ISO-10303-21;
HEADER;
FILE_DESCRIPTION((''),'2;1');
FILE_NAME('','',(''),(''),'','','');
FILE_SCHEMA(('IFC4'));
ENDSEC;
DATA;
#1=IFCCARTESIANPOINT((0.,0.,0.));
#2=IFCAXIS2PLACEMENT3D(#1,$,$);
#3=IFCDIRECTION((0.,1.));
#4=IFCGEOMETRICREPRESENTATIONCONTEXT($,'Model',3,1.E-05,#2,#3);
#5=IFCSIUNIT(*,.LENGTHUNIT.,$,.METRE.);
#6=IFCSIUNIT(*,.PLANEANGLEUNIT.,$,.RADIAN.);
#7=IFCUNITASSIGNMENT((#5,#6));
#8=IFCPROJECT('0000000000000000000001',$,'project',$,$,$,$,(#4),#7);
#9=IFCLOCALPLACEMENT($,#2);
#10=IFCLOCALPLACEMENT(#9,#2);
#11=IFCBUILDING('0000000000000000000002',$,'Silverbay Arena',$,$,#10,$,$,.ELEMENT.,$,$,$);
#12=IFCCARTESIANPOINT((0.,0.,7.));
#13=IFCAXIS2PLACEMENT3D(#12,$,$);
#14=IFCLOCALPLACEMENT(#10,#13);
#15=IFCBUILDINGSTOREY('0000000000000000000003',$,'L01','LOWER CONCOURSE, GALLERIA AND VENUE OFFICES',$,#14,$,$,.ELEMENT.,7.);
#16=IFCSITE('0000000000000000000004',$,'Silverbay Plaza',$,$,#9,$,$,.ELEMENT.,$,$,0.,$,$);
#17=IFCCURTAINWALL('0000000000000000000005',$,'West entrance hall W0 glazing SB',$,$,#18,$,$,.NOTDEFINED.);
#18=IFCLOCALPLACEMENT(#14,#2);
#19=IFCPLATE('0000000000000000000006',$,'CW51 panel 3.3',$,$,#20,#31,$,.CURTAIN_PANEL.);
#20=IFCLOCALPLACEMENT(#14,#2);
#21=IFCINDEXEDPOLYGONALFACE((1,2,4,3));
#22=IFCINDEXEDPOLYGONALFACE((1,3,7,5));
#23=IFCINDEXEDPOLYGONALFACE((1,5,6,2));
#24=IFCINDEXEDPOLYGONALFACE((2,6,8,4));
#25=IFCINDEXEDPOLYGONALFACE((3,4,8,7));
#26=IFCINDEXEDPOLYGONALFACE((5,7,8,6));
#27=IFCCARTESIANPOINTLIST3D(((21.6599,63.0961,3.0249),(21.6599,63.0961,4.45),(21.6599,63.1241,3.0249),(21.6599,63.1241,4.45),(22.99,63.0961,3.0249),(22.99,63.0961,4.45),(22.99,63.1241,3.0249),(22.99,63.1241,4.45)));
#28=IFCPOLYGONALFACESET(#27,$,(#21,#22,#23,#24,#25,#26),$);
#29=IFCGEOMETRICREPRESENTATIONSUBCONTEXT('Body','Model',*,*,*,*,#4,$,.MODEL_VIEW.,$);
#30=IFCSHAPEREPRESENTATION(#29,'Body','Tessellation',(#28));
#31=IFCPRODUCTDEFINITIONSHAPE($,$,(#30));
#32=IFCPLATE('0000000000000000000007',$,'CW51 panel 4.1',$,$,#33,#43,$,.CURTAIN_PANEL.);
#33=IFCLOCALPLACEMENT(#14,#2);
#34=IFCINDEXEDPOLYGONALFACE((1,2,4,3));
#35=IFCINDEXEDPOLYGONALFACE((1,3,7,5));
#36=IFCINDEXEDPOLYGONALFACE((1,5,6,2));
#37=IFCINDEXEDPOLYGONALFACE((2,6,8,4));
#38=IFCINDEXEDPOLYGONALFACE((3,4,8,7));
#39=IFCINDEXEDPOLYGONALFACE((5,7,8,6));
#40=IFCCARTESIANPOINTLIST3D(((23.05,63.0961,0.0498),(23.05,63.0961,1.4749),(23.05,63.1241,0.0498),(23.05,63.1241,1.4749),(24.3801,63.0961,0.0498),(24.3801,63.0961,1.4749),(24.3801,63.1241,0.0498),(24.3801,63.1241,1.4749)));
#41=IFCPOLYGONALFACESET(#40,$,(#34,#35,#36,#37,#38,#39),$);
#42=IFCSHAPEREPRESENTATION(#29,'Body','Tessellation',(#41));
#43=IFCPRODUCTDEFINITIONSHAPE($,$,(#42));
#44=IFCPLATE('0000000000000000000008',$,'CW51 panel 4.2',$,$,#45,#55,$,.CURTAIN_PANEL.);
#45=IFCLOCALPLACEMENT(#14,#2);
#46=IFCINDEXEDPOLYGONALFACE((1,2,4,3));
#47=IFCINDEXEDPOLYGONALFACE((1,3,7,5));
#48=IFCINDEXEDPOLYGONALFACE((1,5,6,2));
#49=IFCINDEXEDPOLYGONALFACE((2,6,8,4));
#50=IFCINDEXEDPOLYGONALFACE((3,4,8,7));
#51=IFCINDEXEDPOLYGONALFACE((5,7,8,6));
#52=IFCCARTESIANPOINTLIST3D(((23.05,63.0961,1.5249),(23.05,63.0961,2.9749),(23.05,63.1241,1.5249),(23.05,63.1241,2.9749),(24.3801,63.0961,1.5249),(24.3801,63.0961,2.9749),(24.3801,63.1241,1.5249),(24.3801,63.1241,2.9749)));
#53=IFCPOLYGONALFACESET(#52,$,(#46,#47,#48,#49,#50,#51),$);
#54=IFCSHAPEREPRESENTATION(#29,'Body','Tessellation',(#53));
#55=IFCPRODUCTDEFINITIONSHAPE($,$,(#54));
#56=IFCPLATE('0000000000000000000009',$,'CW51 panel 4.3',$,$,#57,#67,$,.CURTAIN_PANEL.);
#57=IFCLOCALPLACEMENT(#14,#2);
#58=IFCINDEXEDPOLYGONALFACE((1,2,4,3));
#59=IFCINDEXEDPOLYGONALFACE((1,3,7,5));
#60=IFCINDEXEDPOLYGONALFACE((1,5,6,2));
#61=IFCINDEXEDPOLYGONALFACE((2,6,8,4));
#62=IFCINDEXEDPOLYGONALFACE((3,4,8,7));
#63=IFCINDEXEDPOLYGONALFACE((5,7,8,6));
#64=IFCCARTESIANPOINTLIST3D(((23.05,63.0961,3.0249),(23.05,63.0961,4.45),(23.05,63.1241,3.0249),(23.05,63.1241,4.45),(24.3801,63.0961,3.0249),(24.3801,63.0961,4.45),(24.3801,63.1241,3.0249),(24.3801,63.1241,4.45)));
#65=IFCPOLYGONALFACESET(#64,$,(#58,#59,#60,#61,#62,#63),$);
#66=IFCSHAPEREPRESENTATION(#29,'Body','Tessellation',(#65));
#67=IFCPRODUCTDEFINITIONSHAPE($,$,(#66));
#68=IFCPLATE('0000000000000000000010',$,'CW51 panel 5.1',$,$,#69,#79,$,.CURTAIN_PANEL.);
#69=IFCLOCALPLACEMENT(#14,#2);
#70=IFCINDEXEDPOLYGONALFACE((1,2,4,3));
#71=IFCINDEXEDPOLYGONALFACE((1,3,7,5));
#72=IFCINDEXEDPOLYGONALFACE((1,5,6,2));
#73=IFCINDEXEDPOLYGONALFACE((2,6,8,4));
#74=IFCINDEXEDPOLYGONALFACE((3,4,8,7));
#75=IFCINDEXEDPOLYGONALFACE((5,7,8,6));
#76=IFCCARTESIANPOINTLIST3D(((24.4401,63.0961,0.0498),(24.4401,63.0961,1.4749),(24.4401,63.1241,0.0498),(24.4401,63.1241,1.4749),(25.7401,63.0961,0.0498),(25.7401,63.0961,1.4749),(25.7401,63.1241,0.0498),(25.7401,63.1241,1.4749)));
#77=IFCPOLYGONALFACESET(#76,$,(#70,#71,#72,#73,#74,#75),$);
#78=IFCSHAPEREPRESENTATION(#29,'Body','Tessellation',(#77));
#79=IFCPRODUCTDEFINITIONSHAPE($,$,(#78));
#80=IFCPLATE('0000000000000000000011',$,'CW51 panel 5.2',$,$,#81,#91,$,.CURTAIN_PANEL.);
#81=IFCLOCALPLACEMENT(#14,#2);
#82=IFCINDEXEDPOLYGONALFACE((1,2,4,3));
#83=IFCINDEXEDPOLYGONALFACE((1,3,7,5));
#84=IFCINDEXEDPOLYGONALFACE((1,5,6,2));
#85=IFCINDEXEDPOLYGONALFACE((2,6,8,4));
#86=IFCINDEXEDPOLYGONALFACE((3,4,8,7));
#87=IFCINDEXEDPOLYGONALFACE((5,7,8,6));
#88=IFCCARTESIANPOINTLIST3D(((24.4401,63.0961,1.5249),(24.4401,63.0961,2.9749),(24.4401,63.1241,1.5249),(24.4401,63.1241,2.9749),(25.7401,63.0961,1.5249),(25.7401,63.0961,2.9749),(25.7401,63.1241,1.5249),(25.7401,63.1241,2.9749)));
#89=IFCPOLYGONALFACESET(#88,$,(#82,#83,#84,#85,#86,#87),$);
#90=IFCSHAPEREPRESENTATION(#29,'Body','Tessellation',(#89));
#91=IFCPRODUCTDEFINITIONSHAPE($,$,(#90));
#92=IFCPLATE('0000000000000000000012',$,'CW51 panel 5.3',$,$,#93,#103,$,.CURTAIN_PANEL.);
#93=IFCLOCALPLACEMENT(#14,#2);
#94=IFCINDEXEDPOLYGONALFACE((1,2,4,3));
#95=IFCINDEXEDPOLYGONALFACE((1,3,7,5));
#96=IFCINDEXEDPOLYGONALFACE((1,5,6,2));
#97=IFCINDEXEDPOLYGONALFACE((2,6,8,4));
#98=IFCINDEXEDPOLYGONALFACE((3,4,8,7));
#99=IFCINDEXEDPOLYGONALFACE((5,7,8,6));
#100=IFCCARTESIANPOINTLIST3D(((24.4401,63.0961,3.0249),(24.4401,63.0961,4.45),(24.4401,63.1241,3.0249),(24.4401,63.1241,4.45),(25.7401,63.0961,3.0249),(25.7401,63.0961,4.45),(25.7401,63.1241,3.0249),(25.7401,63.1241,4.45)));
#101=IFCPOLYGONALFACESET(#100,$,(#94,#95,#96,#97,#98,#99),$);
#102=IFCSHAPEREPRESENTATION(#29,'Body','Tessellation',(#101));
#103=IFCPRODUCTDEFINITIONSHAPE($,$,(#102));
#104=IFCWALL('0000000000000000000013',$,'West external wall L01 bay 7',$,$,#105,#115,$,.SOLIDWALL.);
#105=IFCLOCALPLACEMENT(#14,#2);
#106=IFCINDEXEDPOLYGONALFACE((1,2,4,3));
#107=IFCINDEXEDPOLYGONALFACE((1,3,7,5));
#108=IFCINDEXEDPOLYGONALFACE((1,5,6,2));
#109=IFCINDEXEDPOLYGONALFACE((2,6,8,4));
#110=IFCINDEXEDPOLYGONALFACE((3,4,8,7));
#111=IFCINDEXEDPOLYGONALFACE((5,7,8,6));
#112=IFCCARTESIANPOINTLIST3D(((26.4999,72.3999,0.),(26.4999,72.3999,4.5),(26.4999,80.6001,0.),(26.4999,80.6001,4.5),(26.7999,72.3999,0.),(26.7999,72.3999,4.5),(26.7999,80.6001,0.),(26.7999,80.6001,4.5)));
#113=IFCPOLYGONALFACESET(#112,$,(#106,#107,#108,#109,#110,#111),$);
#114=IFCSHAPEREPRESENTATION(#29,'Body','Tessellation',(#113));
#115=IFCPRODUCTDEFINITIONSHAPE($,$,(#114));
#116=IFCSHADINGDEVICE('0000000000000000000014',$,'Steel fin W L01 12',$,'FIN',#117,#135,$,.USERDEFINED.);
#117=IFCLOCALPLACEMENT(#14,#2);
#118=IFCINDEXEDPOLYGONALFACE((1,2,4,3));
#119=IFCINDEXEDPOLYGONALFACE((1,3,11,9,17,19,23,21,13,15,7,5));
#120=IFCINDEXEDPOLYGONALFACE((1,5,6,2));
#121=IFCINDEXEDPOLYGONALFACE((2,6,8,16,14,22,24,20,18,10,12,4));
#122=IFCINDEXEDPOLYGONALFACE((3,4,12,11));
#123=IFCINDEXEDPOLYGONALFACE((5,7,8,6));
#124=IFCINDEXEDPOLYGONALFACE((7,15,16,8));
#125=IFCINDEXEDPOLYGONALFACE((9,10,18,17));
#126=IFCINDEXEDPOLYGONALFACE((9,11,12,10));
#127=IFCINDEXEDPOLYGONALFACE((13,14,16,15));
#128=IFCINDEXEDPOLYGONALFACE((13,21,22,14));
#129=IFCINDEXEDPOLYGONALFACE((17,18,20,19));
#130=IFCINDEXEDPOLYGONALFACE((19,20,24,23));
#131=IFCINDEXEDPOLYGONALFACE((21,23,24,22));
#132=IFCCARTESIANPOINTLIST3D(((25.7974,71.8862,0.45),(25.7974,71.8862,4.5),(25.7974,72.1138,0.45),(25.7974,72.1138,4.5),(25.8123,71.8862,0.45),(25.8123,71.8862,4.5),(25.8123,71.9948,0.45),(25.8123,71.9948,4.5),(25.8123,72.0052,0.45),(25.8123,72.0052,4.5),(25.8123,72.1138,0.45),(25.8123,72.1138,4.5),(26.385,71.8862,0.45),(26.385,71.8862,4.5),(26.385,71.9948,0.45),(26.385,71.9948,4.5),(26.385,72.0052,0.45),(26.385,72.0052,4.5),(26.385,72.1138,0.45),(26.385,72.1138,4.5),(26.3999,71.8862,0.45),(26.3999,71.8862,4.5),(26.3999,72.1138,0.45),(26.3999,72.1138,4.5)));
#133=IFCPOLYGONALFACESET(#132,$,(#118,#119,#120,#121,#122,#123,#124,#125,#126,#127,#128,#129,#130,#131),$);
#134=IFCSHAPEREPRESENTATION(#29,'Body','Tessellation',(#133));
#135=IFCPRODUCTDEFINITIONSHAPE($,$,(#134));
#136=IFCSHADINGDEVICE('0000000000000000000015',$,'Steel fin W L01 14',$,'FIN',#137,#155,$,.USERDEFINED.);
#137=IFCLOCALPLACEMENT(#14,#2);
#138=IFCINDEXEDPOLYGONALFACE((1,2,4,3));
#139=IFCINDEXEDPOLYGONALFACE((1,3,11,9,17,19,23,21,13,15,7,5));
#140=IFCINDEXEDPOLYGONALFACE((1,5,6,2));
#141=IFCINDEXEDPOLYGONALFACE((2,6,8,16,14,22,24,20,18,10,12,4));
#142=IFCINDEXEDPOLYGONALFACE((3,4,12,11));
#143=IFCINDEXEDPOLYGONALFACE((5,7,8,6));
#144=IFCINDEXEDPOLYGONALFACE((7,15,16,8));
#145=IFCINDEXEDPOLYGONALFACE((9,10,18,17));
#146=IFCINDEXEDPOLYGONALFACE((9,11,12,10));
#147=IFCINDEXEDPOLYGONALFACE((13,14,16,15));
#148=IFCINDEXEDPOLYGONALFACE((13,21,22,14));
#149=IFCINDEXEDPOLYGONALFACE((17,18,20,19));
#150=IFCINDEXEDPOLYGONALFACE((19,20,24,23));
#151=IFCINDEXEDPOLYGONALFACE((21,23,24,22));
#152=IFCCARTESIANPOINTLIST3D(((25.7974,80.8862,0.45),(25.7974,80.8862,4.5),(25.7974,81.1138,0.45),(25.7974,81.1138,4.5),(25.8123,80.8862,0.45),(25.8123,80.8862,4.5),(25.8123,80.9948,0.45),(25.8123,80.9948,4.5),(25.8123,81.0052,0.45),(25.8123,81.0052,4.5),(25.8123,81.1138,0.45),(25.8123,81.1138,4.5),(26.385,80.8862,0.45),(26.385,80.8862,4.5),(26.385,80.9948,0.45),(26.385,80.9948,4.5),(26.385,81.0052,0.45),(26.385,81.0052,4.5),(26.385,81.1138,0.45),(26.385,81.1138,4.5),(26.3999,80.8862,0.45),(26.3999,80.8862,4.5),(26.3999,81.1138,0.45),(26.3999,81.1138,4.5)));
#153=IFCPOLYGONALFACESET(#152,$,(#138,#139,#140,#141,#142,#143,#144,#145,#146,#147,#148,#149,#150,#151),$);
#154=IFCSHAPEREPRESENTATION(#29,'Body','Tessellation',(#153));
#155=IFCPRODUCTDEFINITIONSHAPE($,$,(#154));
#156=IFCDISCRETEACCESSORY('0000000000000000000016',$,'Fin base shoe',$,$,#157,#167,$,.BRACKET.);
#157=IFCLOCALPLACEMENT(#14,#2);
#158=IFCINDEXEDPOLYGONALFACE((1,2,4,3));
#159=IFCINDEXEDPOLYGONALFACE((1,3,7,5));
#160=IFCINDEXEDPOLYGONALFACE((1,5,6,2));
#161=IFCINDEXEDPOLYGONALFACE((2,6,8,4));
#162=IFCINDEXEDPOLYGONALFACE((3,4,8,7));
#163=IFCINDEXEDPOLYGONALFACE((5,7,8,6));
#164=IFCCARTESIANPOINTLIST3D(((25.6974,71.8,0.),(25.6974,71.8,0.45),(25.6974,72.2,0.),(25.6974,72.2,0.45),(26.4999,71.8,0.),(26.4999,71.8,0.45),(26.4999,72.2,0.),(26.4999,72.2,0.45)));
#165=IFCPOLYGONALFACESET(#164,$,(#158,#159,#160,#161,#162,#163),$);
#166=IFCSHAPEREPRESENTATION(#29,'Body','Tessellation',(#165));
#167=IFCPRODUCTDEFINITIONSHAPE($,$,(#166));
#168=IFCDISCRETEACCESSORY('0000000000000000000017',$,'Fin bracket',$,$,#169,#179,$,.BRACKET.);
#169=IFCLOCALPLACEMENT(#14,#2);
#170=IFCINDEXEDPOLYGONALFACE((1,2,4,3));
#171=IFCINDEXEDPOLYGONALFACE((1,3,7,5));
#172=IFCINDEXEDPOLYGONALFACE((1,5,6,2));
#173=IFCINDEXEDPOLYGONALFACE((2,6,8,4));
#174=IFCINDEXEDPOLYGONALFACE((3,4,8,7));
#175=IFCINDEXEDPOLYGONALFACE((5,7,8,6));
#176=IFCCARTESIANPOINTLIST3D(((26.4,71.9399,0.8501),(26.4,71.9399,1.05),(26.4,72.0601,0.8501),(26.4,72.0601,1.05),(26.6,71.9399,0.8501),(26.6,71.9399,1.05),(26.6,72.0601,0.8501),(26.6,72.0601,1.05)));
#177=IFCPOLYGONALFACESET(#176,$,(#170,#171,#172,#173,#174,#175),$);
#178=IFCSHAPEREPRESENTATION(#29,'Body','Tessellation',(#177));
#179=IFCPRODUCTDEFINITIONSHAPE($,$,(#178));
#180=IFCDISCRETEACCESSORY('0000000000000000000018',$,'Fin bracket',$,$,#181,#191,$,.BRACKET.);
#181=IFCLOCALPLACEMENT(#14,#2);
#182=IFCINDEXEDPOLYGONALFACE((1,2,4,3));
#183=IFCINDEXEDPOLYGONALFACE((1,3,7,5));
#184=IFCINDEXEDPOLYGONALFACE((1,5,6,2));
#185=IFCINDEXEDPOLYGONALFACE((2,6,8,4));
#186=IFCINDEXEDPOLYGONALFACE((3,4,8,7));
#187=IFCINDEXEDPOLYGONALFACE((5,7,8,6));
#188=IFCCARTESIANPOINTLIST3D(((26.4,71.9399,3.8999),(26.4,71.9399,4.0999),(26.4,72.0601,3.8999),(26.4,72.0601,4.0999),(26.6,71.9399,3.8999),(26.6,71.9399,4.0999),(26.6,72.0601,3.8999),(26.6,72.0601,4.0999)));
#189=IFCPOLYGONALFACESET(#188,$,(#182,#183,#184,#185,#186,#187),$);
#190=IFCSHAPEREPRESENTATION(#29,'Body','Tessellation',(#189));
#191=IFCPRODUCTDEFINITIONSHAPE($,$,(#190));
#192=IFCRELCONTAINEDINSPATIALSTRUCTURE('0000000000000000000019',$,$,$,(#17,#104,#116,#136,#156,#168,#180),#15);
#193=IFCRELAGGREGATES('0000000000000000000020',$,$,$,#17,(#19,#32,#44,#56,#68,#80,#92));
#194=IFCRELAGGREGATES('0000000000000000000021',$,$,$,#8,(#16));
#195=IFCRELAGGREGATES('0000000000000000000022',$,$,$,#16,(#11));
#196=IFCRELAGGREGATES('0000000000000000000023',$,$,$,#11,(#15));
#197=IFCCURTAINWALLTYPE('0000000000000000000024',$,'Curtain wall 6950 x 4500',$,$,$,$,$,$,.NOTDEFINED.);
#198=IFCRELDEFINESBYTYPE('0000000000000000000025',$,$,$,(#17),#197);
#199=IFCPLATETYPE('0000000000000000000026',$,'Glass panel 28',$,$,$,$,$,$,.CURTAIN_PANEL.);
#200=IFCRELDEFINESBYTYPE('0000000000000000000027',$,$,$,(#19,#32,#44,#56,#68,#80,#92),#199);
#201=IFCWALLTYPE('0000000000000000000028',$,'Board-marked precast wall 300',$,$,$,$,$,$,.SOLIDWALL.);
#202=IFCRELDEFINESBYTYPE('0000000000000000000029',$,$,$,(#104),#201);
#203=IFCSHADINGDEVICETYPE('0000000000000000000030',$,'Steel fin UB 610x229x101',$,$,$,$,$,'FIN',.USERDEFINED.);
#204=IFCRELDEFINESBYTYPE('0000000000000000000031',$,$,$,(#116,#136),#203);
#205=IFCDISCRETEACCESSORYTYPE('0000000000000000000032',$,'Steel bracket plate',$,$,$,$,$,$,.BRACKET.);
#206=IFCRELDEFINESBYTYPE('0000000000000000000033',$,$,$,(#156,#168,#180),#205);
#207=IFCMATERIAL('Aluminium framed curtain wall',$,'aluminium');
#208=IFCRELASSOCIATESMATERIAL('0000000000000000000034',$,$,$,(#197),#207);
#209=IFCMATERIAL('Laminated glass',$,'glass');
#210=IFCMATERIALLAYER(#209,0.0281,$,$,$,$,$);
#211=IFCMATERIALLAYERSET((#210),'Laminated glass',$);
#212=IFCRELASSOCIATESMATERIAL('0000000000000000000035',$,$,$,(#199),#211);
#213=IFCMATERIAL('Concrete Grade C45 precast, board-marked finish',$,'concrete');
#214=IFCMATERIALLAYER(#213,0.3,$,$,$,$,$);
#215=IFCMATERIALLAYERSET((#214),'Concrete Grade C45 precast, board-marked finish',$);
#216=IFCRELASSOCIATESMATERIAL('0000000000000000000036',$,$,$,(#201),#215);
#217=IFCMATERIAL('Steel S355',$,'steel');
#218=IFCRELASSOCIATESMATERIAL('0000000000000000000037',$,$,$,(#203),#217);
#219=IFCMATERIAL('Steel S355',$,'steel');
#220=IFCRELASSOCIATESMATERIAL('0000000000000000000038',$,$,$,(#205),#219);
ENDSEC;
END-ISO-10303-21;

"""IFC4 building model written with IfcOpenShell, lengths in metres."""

from ifc_helpers import new_model, si_unit, direction, frame, frame_2d, origin, origin_2d, place, context, subcontext, project, spatial, rectangle, i_section, extrude, material, layer, layer_set, material_profile, profile_set, type_object, element, aggregate, save


model = new_model("IFC4")

# Units and contexts
model_context = context("Model", 3, precision=1e-05, world=origin(), true_north=direction((0.0, 1.0)))
body_context = subcontext(model_context, "Body", "Model", "MODEL_VIEW")
ifc_project = project(units=[si_unit("LENGTHUNIT", "METRE"), si_unit("PLANEANGLEUNIT", "RADIAN")], contexts=[model_context])

# Site, building, storey
site_placement = place(None, origin())
site = spatial("IfcSite", under=ifc_project, at=site_placement, Name="Silverbay Plaza", CompositionType="ELEMENT", RefElevation=0.0)
building_placement = place(site_placement, origin())
building = spatial("IfcBuilding", under=site, at=building_placement, Name="Silverbay Arena", CompositionType="ELEMENT")
storey_placement = place(building_placement, frame((0.0, 0.0, 7.0)))
storey = spatial("IfcBuildingStorey", under=building, at=storey_placement, Name="L01", Description="LOWER CONCOURSE, GALLERIA AND VENUE OFFICES", CompositionType="ELEMENT", Elevation=7.0)

# Curtain wall
ifc_material_1 = material(Name="Aluminium framed curtain wall", Category="aluminium")
curtain_wall_type_1 = type_object("IfcCurtainWallType", Name="Curtain wall 6950 x 4500", PredefinedType="NOTDEFINED", material=ifc_material_1)
curtain_wall_1_placement = place(storey_placement, origin())
curtain_wall_1 = element("IfcCurtainWall", 1, at=curtain_wall_1_placement, inside=storey, type_object=curtain_wall_type_1, Name="West entrance hall W0 glazing SB", PredefinedType="NOTDEFINED")

# Plates
ifc_material_2 = material(Name="Laminated glass", Category="glass")
ifc_layer_1 = layer(ifc_material_2, 0.0281)
ifc_layer_set_1 = layer_set([ifc_layer_1], Name="Laminated glass")
plate_type = type_object("IfcPlateType", Name="Glass panel 28", PredefinedType="CURTAIN_PANEL", material=ifc_layer_set_1)
plate_1_placement = place(storey_placement, frame((22.325, 63.1101, 3.0249), z_axis=(0.0, 0.0, 1.0), x_axis=(1.0, 0.0, 0.0)))
plate_1 = element("IfcPlate", 2, at=plate_1_placement, type_object=plate_type, Name="CW51 panel 3.3", PredefinedType="CURTAIN_PANEL", context=body_context, shape_type="SweptSolid", body=[
    extrude(rectangle(XDim=1.3301, YDim=0.0281, at=origin_2d()), origin(), (0.0, 0.0, 1.0), 1.425),
])
plate_2_placement = place(storey_placement, frame((23.7151, 63.1101, 0.0498), z_axis=(0.0, 0.0, 1.0), x_axis=(1.0, 0.0, 0.0)))
plate_2 = element("IfcPlate", 3, at=plate_2_placement, type_object=plate_type, Name="CW51 panel 4.1", PredefinedType="CURTAIN_PANEL", context=body_context, shape_type="SweptSolid", body=[
    extrude(rectangle(XDim=1.3301, YDim=0.0281, at=origin_2d()), origin(), (0.0, 0.0, 1.0), 1.425),
])
plate_3_placement = place(storey_placement, frame((23.7151, 63.1101, 1.5249), z_axis=(0.0, 0.0, 1.0), x_axis=(1.0, 0.0, 0.0)))
plate_3 = element("IfcPlate", 4, at=plate_3_placement, type_object=plate_type, Name="CW51 panel 4.2", PredefinedType="CURTAIN_PANEL", context=body_context, shape_type="SweptSolid", body=[
    extrude(rectangle(XDim=1.3301, YDim=0.0281, at=origin_2d()), origin(), (0.0, 0.0, 1.0), 1.45),
])
plate_4_placement = place(storey_placement, frame((23.7151, 63.1101, 3.0249), z_axis=(0.0, 0.0, 1.0), x_axis=(1.0, 0.0, 0.0)))
plate_4 = element("IfcPlate", 5, at=plate_4_placement, type_object=plate_type, Name="CW51 panel 4.3", PredefinedType="CURTAIN_PANEL", context=body_context, shape_type="SweptSolid", body=[
    extrude(rectangle(XDim=1.3301, YDim=0.0281, at=origin_2d()), origin(), (0.0, 0.0, 1.0), 1.425),
])
plate_5_placement = place(storey_placement, frame((25.0901, 63.1101, 0.0498), z_axis=(0.0, 0.0, 1.0), x_axis=(1.0, 0.0, 0.0)))
plate_5 = element("IfcPlate", 6, at=plate_5_placement, type_object=plate_type, Name="CW51 panel 5.1", PredefinedType="CURTAIN_PANEL", context=body_context, shape_type="SweptSolid", body=[
    extrude(rectangle(XDim=1.3, YDim=0.0281, at=origin_2d()), origin(), (0.0, 0.0, 1.0), 1.425),
])
plate_6_placement = place(storey_placement, frame((25.0901, 63.1101, 1.5249), z_axis=(0.0, 0.0, 1.0), x_axis=(1.0, 0.0, 0.0)))
plate_6 = element("IfcPlate", 7, at=plate_6_placement, type_object=plate_type, Name="CW51 panel 5.2", PredefinedType="CURTAIN_PANEL", context=body_context, shape_type="SweptSolid", body=[
    extrude(rectangle(XDim=1.3, YDim=0.0281, at=origin_2d()), origin(), (0.0, 0.0, 1.0), 1.45),
])
plate_7_placement = place(storey_placement, frame((25.0901, 63.1101, 3.0249), z_axis=(0.0, 0.0, 1.0), x_axis=(1.0, 0.0, 0.0)))
plate_7 = element("IfcPlate", 8, at=plate_7_placement, type_object=plate_type, Name="CW51 panel 5.3", PredefinedType="CURTAIN_PANEL", context=body_context, shape_type="SweptSolid", body=[
    extrude(rectangle(XDim=1.3, YDim=0.0281, at=origin_2d()), origin(), (0.0, 0.0, 1.0), 1.425),
])
aggregate(curtain_wall_1, [plate_1, plate_2, plate_3, plate_4, plate_5, plate_6, plate_7])

# Wall
ifc_material_3 = material(Name="Concrete Grade C45 precast, board-marked finish", Category="concrete")
ifc_layer_2 = layer(ifc_material_3, 0.3)
ifc_layer_set_2 = layer_set([ifc_layer_2], Name="Concrete Grade C45 precast, board-marked finish")
wall_type = type_object("IfcWallType", Name="Board-marked precast wall 300", PredefinedType="SOLIDWALL", material=ifc_layer_set_2)
wall_placement = place(storey_placement, frame((26.6499, 80.6001, 0.0), z_axis=(0.0, 0.0, 1.0), x_axis=(0.0, -1.0, 0.0)))
element("IfcWall", 9, at=wall_placement, inside=storey, type_object=wall_type, Name="West external wall L01 bay 7", PredefinedType="SOLIDWALL", context=body_context, shape_type="SweptSolid", body=[
    extrude(rectangle(XDim=8.2002, YDim=0.3, at=frame_2d((4.1001, 0.0))), origin(), (0.0, 0.0, 1.0), 4.5),
])

# Shading devices
ifc_material_4 = material(Name="Steel S355", Category="steel")
ifc_material_profile_1 = material_profile(ifc_material_4, i_section(OverallWidth=0.2275, OverallDepth=0.6025, WebThickness=0.0105, FlangeThickness=0.0149, at=origin_2d()), Name="UB 610x229x101")
ifc_profile_set_1 = profile_set([ifc_material_profile_1], Name="Steel S355")
shading_device_type = type_object("IfcShadingDeviceType", Name="Steel fin UB 610x229x101", ElementType="FIN", PredefinedType="USERDEFINED", material=ifc_profile_set_1)
for number, where, z_axis, x_axis, name in (
    (10, (26.0986, 72.0, 0.45), (0.0, 0.0, 1.0), (0.0, 1.0, 0.0), "Steel fin W L01 12"),
    (11, (26.0986, 81.0, 0.45), (0.0, 0.0, 1.0), (0.0, 1.0, 0.0), "Steel fin W L01 14"),
):
    element("IfcShadingDevice", number, at=place(storey_placement, frame(where, z_axis=z_axis, x_axis=x_axis)), inside=storey, type_object=shading_device_type, Name=name, ObjectType="FIN", PredefinedType="USERDEFINED", context=body_context, shape_type="SweptSolid", body=[
        extrude(i_section(OverallWidth=0.2275, OverallDepth=0.6025, WebThickness=0.0105, FlangeThickness=0.0149, at=origin_2d()), origin(), (0.0, 0.0, 1.0), 4.05),
    ])

# Discrete accessories
ifc_material_5 = material(Name="Steel S355", Category="steel")
discrete_accessory_type = type_object("IfcDiscreteAccessoryType", Name="Steel bracket plate", PredefinedType="BRACKET", material=ifc_material_5)
discrete_accessory_1_placement = place(storey_placement, frame((26.0986, 72.0, 0.0), z_axis=(0.0, 0.0, 1.0), x_axis=(1.0, 0.0, 0.0)))
element("IfcDiscreteAccessory", 12, at=discrete_accessory_1_placement, inside=storey, type_object=discrete_accessory_type, Name="Fin base shoe", PredefinedType="BRACKET", context=body_context, shape_type="SweptSolid", body=[
    extrude(rectangle(XDim=0.8025, YDim=0.3999, at=origin_2d()), origin(), (0.0, 0.0, 1.0), 0.45),
])
for number, where, z_axis, x_axis, name in (
    (13, (26.5, 72.0, 0.8501), (0.0, 0.0, 1.0), (1.0, 0.0, 0.0), "Fin bracket"),
    (14, (26.5, 72.0, 3.8999), (0.0, 0.0, 1.0), (1.0, 0.0, 0.0), "Fin bracket"),
):
    element("IfcDiscreteAccessory", number, at=place(storey_placement, frame(where, z_axis=z_axis, x_axis=x_axis)), inside=storey, type_object=discrete_accessory_type, Name=name, PredefinedType="BRACKET", context=body_context, shape_type="SweptSolid", body=[
        extrude(rectangle(XDim=0.2, YDim=0.1201, at=origin_2d()), origin(), (0.0, 0.0, 1.0), 0.2),
    ])

save(model, "model.ifc")
